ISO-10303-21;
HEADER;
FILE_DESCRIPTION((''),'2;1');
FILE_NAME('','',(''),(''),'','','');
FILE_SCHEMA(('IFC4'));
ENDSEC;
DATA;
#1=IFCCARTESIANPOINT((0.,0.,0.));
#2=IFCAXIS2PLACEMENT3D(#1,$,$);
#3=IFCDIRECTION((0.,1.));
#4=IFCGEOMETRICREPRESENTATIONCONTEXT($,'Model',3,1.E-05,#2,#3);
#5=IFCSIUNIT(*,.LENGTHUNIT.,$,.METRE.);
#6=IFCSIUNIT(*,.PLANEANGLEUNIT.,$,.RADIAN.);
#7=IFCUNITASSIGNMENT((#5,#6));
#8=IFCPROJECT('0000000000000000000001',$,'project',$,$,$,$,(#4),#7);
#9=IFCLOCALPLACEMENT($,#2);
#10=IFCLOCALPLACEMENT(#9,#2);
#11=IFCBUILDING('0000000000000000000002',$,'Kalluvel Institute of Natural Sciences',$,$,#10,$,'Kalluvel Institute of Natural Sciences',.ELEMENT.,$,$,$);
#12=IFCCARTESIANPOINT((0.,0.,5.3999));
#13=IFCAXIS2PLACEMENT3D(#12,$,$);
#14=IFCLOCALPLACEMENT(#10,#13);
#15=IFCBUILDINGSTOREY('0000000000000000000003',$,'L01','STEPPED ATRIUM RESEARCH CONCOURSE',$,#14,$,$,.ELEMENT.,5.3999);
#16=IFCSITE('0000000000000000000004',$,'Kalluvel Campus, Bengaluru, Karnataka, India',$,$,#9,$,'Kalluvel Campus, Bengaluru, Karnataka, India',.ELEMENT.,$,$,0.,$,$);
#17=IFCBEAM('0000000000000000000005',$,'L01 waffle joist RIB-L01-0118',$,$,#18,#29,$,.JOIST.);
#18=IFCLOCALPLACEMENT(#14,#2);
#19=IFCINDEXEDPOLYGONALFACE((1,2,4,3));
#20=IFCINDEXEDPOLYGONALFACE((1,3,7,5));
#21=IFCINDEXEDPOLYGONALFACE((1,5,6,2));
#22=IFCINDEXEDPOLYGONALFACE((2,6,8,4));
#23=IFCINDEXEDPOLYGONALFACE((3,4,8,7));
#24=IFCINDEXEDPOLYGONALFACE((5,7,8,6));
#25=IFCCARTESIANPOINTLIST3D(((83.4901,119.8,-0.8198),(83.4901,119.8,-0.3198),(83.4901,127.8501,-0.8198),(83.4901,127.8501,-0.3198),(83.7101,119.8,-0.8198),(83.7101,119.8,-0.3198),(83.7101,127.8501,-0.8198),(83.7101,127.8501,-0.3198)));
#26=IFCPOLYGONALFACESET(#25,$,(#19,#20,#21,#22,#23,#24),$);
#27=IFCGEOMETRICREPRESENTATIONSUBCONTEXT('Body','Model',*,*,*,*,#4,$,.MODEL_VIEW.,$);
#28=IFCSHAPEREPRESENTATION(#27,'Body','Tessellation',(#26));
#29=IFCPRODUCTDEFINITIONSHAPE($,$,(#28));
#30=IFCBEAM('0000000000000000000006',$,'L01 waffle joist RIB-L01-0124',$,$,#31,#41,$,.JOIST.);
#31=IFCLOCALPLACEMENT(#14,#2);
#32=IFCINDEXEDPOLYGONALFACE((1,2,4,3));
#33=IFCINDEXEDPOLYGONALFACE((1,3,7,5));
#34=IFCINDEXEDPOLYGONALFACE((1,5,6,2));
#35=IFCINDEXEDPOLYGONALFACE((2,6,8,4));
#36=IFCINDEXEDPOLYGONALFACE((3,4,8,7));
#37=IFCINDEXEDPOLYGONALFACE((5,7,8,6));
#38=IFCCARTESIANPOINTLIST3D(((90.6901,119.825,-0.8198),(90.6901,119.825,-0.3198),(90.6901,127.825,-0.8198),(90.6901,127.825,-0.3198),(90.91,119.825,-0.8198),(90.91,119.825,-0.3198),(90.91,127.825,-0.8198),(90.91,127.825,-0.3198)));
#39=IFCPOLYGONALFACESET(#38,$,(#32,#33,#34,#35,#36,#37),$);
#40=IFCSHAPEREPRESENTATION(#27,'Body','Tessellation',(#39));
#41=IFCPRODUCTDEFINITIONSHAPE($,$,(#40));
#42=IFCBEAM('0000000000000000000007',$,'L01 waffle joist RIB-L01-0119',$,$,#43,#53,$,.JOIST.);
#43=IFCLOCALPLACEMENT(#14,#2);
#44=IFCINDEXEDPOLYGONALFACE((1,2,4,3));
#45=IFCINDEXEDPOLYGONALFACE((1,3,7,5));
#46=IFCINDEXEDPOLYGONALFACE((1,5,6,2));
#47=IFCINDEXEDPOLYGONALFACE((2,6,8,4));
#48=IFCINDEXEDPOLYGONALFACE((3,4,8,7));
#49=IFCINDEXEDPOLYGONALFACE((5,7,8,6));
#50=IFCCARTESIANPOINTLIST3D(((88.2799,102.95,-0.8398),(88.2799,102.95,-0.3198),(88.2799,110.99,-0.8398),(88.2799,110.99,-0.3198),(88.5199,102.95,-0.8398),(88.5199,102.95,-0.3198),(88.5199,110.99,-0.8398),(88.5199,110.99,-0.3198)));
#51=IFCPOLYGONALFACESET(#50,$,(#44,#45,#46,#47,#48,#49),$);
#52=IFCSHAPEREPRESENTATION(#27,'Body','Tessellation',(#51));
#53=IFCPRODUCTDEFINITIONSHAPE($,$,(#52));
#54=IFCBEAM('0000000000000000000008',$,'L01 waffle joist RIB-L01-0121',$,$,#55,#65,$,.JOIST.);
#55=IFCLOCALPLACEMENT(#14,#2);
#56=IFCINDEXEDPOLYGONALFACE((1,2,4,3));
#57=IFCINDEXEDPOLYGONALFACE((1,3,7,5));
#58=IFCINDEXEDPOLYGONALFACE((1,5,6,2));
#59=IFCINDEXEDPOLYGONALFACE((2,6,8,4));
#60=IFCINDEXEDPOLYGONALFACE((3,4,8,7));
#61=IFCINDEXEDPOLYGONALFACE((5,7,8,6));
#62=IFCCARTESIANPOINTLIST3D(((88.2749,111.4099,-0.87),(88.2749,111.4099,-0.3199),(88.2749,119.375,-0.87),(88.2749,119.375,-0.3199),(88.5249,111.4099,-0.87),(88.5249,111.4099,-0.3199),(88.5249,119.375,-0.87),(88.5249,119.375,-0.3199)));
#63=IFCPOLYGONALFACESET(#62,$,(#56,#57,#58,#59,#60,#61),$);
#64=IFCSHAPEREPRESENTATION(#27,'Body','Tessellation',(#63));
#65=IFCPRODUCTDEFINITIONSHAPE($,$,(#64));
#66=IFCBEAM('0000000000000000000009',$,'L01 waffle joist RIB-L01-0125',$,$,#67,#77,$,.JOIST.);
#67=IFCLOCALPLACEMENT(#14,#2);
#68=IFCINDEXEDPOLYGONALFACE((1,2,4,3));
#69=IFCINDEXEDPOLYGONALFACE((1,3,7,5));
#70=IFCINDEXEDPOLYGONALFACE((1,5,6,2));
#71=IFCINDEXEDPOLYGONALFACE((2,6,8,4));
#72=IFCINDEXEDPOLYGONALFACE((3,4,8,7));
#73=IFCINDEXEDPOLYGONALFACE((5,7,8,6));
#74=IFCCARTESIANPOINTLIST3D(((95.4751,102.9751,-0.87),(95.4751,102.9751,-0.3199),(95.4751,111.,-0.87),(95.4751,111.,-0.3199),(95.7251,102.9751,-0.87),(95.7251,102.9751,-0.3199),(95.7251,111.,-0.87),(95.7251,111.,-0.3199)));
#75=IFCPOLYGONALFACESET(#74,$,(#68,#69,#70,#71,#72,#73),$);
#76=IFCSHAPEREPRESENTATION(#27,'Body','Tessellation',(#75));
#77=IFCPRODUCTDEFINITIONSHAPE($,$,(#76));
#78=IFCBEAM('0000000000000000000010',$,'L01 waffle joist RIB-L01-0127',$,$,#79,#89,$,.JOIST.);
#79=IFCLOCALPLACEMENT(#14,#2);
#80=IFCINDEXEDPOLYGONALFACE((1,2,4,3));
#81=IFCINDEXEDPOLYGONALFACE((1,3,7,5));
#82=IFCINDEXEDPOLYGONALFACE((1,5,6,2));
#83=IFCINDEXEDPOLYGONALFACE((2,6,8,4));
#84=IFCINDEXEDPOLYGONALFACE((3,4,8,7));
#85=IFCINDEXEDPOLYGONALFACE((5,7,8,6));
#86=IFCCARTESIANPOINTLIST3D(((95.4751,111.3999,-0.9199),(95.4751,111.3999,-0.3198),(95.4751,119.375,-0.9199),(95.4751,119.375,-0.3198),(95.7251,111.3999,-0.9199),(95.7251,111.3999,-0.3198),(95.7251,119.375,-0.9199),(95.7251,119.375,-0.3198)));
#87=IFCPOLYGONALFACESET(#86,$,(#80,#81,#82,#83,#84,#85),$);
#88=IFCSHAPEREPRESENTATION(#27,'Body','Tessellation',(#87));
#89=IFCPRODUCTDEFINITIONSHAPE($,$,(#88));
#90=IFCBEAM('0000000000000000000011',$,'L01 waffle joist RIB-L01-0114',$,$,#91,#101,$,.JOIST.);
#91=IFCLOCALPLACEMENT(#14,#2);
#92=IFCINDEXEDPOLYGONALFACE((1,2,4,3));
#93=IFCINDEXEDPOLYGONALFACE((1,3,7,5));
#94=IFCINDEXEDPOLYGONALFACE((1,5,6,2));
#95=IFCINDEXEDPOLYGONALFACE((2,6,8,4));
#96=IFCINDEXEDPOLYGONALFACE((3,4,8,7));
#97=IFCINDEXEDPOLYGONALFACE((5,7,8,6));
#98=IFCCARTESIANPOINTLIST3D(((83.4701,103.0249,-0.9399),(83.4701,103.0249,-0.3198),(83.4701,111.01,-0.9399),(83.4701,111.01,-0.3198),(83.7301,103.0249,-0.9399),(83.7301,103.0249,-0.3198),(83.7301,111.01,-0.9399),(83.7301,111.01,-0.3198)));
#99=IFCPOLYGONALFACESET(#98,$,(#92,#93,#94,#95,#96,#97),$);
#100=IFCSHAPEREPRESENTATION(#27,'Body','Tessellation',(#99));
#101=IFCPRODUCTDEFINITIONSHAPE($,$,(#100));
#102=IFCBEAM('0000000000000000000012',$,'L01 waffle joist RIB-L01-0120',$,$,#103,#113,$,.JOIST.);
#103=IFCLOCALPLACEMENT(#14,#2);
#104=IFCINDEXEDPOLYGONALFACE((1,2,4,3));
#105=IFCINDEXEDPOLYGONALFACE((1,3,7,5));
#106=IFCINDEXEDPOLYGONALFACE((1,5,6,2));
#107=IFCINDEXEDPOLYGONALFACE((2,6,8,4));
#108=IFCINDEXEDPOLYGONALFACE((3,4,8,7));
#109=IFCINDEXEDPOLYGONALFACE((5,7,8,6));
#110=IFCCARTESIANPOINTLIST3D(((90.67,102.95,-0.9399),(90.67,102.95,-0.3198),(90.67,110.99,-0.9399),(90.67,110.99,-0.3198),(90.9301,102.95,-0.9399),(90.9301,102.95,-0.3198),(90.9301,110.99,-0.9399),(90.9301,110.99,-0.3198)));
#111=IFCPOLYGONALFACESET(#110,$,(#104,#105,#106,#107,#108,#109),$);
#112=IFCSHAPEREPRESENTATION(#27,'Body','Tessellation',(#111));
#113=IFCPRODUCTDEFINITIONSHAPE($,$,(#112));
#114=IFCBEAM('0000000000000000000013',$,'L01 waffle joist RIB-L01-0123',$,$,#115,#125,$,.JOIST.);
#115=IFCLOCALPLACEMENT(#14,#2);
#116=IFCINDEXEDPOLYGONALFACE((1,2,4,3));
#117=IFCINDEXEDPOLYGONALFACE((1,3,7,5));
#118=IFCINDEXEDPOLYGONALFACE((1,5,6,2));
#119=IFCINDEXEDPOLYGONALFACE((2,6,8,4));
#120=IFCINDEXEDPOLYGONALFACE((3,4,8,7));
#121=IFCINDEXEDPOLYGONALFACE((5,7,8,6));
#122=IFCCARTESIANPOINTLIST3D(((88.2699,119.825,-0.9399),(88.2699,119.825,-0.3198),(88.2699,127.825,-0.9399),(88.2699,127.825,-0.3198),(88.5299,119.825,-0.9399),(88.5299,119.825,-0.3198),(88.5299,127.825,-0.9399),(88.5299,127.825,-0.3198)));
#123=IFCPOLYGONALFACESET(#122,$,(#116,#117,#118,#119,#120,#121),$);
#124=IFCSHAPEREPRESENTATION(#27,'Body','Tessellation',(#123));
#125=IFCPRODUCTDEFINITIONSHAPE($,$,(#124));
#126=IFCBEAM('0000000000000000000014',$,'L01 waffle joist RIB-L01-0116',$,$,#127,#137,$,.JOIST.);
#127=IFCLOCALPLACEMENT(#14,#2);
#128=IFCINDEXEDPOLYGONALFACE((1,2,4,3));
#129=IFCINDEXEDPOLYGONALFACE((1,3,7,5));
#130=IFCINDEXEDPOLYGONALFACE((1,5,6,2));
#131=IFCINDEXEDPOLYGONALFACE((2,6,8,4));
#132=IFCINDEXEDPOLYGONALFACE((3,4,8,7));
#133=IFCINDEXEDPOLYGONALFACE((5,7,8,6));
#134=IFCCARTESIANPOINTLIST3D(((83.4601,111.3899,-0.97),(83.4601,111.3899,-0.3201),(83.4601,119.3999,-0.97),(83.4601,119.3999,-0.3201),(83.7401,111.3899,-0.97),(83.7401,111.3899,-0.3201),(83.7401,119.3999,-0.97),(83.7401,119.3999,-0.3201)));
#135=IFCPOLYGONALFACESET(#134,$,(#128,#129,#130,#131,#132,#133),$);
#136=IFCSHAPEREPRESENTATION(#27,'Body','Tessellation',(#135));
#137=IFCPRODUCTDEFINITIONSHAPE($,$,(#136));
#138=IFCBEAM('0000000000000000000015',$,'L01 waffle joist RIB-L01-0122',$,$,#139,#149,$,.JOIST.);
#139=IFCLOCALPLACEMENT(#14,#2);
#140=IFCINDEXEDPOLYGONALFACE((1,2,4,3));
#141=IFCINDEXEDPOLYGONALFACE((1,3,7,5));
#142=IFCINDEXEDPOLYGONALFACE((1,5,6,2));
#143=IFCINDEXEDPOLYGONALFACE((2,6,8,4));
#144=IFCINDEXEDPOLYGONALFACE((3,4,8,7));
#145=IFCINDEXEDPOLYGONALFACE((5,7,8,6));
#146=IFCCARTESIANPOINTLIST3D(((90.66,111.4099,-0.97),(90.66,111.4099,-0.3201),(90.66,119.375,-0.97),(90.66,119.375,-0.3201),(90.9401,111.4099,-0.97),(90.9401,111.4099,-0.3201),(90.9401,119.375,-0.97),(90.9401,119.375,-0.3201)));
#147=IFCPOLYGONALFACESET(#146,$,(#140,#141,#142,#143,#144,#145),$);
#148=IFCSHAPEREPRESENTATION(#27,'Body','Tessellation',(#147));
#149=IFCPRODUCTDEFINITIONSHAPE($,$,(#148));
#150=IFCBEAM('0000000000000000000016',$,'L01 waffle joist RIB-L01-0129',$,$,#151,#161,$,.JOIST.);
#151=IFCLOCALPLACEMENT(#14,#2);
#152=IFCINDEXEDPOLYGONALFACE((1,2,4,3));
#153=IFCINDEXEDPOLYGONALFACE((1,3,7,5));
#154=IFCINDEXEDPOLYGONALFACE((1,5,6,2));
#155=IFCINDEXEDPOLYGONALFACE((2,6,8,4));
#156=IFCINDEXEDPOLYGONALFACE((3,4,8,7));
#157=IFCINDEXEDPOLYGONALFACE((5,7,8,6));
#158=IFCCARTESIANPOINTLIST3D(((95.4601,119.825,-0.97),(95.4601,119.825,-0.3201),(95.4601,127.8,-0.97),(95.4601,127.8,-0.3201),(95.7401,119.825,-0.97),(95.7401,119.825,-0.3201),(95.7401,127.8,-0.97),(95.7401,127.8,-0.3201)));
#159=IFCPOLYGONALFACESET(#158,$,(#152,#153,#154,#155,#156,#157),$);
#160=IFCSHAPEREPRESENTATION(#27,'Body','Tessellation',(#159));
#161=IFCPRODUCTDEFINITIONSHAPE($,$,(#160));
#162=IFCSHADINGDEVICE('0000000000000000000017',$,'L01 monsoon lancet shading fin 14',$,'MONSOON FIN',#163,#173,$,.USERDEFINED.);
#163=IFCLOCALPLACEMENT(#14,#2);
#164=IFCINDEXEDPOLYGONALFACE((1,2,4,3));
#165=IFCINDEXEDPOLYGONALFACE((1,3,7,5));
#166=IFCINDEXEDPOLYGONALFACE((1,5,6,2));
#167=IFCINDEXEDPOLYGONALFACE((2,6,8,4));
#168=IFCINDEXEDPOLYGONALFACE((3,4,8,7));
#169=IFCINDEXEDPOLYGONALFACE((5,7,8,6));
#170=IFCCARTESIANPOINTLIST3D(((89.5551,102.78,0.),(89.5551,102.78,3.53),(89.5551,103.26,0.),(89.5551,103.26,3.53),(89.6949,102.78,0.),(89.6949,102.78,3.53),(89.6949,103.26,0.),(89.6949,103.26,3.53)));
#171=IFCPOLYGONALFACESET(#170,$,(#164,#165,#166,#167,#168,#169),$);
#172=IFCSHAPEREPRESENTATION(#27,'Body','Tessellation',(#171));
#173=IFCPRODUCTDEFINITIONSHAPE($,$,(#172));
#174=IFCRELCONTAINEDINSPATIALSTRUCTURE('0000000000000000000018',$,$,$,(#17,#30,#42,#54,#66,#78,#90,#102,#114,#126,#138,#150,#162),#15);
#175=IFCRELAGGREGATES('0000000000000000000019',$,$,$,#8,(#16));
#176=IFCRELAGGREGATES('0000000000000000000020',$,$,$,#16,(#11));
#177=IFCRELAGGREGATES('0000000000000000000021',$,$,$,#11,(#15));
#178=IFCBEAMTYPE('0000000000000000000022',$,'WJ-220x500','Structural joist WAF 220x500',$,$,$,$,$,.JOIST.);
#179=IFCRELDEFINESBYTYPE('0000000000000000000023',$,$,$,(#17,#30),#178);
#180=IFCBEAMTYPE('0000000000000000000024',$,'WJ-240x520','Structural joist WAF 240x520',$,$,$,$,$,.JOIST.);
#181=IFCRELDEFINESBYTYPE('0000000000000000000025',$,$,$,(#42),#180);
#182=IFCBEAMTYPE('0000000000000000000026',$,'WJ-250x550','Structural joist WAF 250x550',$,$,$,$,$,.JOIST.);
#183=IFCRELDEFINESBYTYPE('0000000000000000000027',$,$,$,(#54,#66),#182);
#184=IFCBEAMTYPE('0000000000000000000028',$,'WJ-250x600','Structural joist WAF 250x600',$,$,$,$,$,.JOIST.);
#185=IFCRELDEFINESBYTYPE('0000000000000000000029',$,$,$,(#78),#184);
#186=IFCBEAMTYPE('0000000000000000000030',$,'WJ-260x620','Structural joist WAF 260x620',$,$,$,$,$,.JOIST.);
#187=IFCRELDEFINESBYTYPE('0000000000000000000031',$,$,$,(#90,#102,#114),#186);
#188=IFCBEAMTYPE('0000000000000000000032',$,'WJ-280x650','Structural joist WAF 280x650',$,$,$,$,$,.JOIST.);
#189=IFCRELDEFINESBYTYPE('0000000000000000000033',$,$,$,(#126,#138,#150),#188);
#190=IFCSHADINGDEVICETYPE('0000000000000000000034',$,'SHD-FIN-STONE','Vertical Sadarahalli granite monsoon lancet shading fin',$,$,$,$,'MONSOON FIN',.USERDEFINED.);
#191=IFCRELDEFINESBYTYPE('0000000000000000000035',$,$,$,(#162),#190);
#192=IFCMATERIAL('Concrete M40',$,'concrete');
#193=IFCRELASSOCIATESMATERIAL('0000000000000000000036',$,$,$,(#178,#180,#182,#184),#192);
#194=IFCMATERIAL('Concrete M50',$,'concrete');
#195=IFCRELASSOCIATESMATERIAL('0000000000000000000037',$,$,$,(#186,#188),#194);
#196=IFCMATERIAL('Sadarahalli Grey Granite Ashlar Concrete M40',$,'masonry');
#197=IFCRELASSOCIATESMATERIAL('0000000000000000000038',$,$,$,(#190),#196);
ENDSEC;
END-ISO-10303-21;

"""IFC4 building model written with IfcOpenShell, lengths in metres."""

from ifc_helpers import new_model, si_unit, direction, frame, origin, origin_2d, place, context, subcontext, project, spatial, rectangle, extrude, material, material_profile, profile_set, type_object, element, save


model = new_model("IFC4")

# Units and contexts
model_context = context("Model", 3, precision=1e-05, world=origin(), true_north=direction((0.0, 1.0)))
body_context = subcontext(model_context, "Body", "Model", "MODEL_VIEW")
ifc_project = project(units=[si_unit("LENGTHUNIT", "METRE"), si_unit("PLANEANGLEUNIT", "RADIAN")], contexts=[model_context])

# Site, building, storey
site_placement = place(None, origin())
site = spatial("IfcSite", under=ifc_project, at=site_placement, Name="Kalluvel Campus, Bengaluru, Karnataka, India", LongName="Kalluvel Campus, Bengaluru, Karnataka, India", CompositionType="ELEMENT", RefElevation=0.0)
building_placement = place(site_placement, origin())
building = spatial("IfcBuilding", under=site, at=building_placement, Name="Kalluvel Institute of Natural Sciences", LongName="Kalluvel Institute of Natural Sciences", CompositionType="ELEMENT")
storey_placement = place(building_placement, frame((0.0, 0.0, 5.3999)))
storey = spatial("IfcBuildingStorey", under=building, at=storey_placement, Name="L01", Description="STEPPED ATRIUM RESEARCH CONCOURSE", CompositionType="ELEMENT", Elevation=5.3999)

# Shared definitions
ifc_material_1 = material(Name="Concrete M50", Category="concrete")

# Beams
ifc_material_2 = material(Name="Concrete M40", Category="concrete")
ifc_material_profile_1 = material_profile(ifc_material_2, rectangle(XDim=0.22, YDim=0.5, at=origin_2d()), Name="WAF 220x500")
ifc_profile_set_1 = profile_set([ifc_material_profile_1], Name="Concrete M40")
beam_type_1 = type_object("IfcBeamType", Name="WJ-220x500", Description="Structural joist WAF 220x500", PredefinedType="JOIST", material=ifc_profile_set_1)
beam_1_placement = place(storey_placement, frame((83.6001, 119.8, -0.5698), z_axis=(0.0, 1.0, 0.0), x_axis=(-1.0, 0.0, 0.0)))
element("IfcBeam", 1, at=beam_1_placement, inside=storey, type_object=beam_type_1, Name="L01 waffle joist RIB-L01-0118", PredefinedType="JOIST", context=body_context, shape_type="SweptSolid", body=[
    extrude(rectangle(XDim=0.22, YDim=0.5, at=origin_2d()), origin(), (0.0, 0.0, 1.0), 8.05),
])
beam_2_placement = place(storey_placement, frame((90.8, 119.825, -0.5698), z_axis=(0.0, 1.0, 0.0), x_axis=(-1.0, 0.0, 0.0)))
element("IfcBeam", 2, at=beam_2_placement, inside=storey, type_object=beam_type_1, Name="L01 waffle joist RIB-L01-0124", PredefinedType="JOIST", context=body_context, shape_type="SweptSolid", body=[
    extrude(rectangle(XDim=0.22, YDim=0.5, at=origin_2d()), origin(), (0.0, 0.0, 1.0), 8.0),
])
ifc_material_profile_2 = material_profile(ifc_material_2, rectangle(XDim=0.24, YDim=0.52, at=origin_2d()), Name="WAF 240x520")
ifc_profile_set_2 = profile_set([ifc_material_profile_2], Name="Concrete M40")
beam_type_2 = type_object("IfcBeamType", Name="WJ-240x520", Description="Structural joist WAF 240x520", PredefinedType="JOIST", material=ifc_profile_set_2)
beam_3_placement = place(storey_placement, frame((88.3999, 102.95, -0.5798), z_axis=(0.0, 1.0, 0.0), x_axis=(-1.0, 0.0, 0.0)))
element("IfcBeam", 3, at=beam_3_placement, inside=storey, type_object=beam_type_2, Name="L01 waffle joist RIB-L01-0119", PredefinedType="JOIST", context=body_context, shape_type="SweptSolid", body=[
    extrude(rectangle(XDim=0.24, YDim=0.52, at=origin_2d()), origin(), (0.0, 0.0, 1.0), 8.04),
])
ifc_material_profile_3 = material_profile(ifc_material_2, rectangle(XDim=0.25, YDim=0.55, at=origin_2d()), Name="WAF 250x550")
ifc_profile_set_3 = profile_set([ifc_material_profile_3], Name="Concrete M40")
beam_type_3 = type_object("IfcBeamType", Name="WJ-250x550", Description="Structural joist WAF 250x550", PredefinedType="JOIST", material=ifc_profile_set_3)
beam_4_placement = place(storey_placement, frame((88.3999, 111.4099, -0.595), z_axis=(0.0, 1.0, 0.0), x_axis=(-1.0, 0.0, 0.0)))
element("IfcBeam", 4, at=beam_4_placement, inside=storey, type_object=beam_type_3, Name="L01 waffle joist RIB-L01-0121", PredefinedType="JOIST", context=body_context, shape_type="SweptSolid", body=[
    extrude(rectangle(XDim=0.25, YDim=0.55, at=origin_2d()), origin(), (0.0, 0.0, 1.0), 7.9651),
])
beam_5_placement = place(storey_placement, frame((95.6001, 102.9751, -0.595), z_axis=(0.0, 1.0, 0.0), x_axis=(-1.0, 0.0, 0.0)))
element("IfcBeam", 5, at=beam_5_placement, inside=storey, type_object=beam_type_3, Name="L01 waffle joist RIB-L01-0125", PredefinedType="JOIST", context=body_context, shape_type="SweptSolid", body=[
    extrude(rectangle(XDim=0.25, YDim=0.55, at=origin_2d()), origin(), (0.0, 0.0, 1.0), 8.0249),
])
ifc_material_profile_4 = material_profile(ifc_material_2, rectangle(XDim=0.25, YDim=0.6001, at=origin_2d()), Name="WAF 250x600")
ifc_profile_set_4 = profile_set([ifc_material_profile_4], Name="Concrete M40")
beam_type_4 = type_object("IfcBeamType", Name="WJ-250x600", Description="Structural joist WAF 250x600", PredefinedType="JOIST", material=ifc_profile_set_4)
beam_6_placement = place(storey_placement, frame((95.6001, 111.3999, -0.6199), z_axis=(0.0, 1.0, 0.0), x_axis=(-1.0, 0.0, 0.0)))
element("IfcBeam", 6, at=beam_6_placement, inside=storey, type_object=beam_type_4, Name="L01 waffle joist RIB-L01-0127", PredefinedType="JOIST", context=body_context, shape_type="SweptSolid", body=[
    extrude(rectangle(XDim=0.25, YDim=0.6001, at=origin_2d()), origin(), (0.0, 0.0, 1.0), 7.9751),
])
ifc_material_profile_5 = material_profile(ifc_material_1, rectangle(XDim=0.26, YDim=0.6201, at=origin_2d()), Name="WAF 260x620")
ifc_profile_set_5 = profile_set([ifc_material_profile_5], Name="Concrete M50")
beam_type_5 = type_object("IfcBeamType", Name="WJ-260x620", Description="Structural joist WAF 260x620", PredefinedType="JOIST", material=ifc_profile_set_5)
beam_7_placement = place(storey_placement, frame((83.6001, 103.0249, -0.6299), z_axis=(0.0, 1.0, 0.0), x_axis=(-1.0, 0.0, 0.0)))
element("IfcBeam", 7, at=beam_7_placement, inside=storey, type_object=beam_type_5, Name="L01 waffle joist RIB-L01-0114", PredefinedType="JOIST", context=body_context, shape_type="SweptSolid", body=[
    extrude(rectangle(XDim=0.26, YDim=0.6201, at=origin_2d()), origin(), (0.0, 0.0, 1.0), 7.9851),
])
beam_8_placement = place(storey_placement, frame((90.8, 102.95, -0.6299), z_axis=(0.0, 1.0, 0.0), x_axis=(-1.0, 0.0, 0.0)))
element("IfcBeam", 8, at=beam_8_placement, inside=storey, type_object=beam_type_5, Name="L01 waffle joist RIB-L01-0120", PredefinedType="JOIST", context=body_context, shape_type="SweptSolid", body=[
    extrude(rectangle(XDim=0.26, YDim=0.6201, at=origin_2d()), origin(), (0.0, 0.0, 1.0), 8.04),
])
beam_9_placement = place(storey_placement, frame((88.3999, 119.825, -0.6299), z_axis=(0.0, 1.0, 0.0), x_axis=(-1.0, 0.0, 0.0)))
element("IfcBeam", 9, at=beam_9_placement, inside=storey, type_object=beam_type_5, Name="L01 waffle joist RIB-L01-0123", PredefinedType="JOIST", context=body_context, shape_type="SweptSolid", body=[
    extrude(rectangle(XDim=0.26, YDim=0.6201, at=origin_2d()), origin(), (0.0, 0.0, 1.0), 8.0),
])
ifc_material_profile_6 = material_profile(ifc_material_1, rectangle(XDim=0.28, YDim=0.6499, at=origin_2d()), Name="WAF 280x650")
ifc_profile_set_6 = profile_set([ifc_material_profile_6], Name="Concrete M50")
beam_type_6 = type_object("IfcBeamType", Name="WJ-280x650", Description="Structural joist WAF 280x650", PredefinedType="JOIST", material=ifc_profile_set_6)
beam_10_placement = place(storey_placement, frame((83.6001, 111.3899, -0.645), z_axis=(0.0, 1.0, 0.0), x_axis=(-1.0, 0.0, 0.0)))
element("IfcBeam", 10, at=beam_10_placement, inside=storey, type_object=beam_type_6, Name="L01 waffle joist RIB-L01-0116", PredefinedType="JOIST", context=body_context, shape_type="SweptSolid", body=[
    extrude(rectangle(XDim=0.28, YDim=0.6499, at=origin_2d()), origin(), (0.0, 0.0, 1.0), 8.01),
])
beam_11_placement = place(storey_placement, frame((90.8, 111.4099, -0.645), z_axis=(0.0, 1.0, 0.0), x_axis=(-1.0, 0.0, 0.0)))
element("IfcBeam", 11, at=beam_11_placement, inside=storey, type_object=beam_type_6, Name="L01 waffle joist RIB-L01-0122", PredefinedType="JOIST", context=body_context, shape_type="SweptSolid", body=[
    extrude(rectangle(XDim=0.28, YDim=0.6499, at=origin_2d()), origin(), (0.0, 0.0, 1.0), 7.9651),
])
beam_12_placement = place(storey_placement, frame((95.6001, 119.825, -0.645), z_axis=(0.0, 1.0, 0.0), x_axis=(-1.0, 0.0, 0.0)))
element("IfcBeam", 12, at=beam_12_placement, inside=storey, type_object=beam_type_6, Name="L01 waffle joist RIB-L01-0129", PredefinedType="JOIST", context=body_context, shape_type="SweptSolid", body=[
    extrude(rectangle(XDim=0.28, YDim=0.6499, at=origin_2d()), origin(), (0.0, 0.0, 1.0), 7.9751),
])

# Shading device
ifc_material_3 = material(Name="Sadarahalli Grey Granite Ashlar Concrete M40", Category="masonry")
shading_device_type = type_object("IfcShadingDeviceType", Name="SHD-FIN-STONE", Description="Vertical Sadarahalli granite monsoon lancet shading fin", ElementType="MONSOON FIN", PredefinedType="USERDEFINED", material=ifc_material_3)
shading_device_placement = place(storey_placement, frame((89.625, 103.02, 0.0), z_axis=(0.0, 0.0, 1.0), x_axis=(1.0, 0.0, 0.0)))
element("IfcShadingDevice", 13, at=shading_device_placement, inside=storey, type_object=shading_device_type, Name="L01 monsoon lancet shading fin 14", ObjectType="MONSOON FIN", PredefinedType="USERDEFINED", context=body_context, shape_type="SweptSolid", body=[
    extrude(rectangle(XDim=0.1399, YDim=0.48, at=origin_2d()), origin(), (0.0, 0.0, 1.0), 3.53),
])

save(model, "model.ifc")
